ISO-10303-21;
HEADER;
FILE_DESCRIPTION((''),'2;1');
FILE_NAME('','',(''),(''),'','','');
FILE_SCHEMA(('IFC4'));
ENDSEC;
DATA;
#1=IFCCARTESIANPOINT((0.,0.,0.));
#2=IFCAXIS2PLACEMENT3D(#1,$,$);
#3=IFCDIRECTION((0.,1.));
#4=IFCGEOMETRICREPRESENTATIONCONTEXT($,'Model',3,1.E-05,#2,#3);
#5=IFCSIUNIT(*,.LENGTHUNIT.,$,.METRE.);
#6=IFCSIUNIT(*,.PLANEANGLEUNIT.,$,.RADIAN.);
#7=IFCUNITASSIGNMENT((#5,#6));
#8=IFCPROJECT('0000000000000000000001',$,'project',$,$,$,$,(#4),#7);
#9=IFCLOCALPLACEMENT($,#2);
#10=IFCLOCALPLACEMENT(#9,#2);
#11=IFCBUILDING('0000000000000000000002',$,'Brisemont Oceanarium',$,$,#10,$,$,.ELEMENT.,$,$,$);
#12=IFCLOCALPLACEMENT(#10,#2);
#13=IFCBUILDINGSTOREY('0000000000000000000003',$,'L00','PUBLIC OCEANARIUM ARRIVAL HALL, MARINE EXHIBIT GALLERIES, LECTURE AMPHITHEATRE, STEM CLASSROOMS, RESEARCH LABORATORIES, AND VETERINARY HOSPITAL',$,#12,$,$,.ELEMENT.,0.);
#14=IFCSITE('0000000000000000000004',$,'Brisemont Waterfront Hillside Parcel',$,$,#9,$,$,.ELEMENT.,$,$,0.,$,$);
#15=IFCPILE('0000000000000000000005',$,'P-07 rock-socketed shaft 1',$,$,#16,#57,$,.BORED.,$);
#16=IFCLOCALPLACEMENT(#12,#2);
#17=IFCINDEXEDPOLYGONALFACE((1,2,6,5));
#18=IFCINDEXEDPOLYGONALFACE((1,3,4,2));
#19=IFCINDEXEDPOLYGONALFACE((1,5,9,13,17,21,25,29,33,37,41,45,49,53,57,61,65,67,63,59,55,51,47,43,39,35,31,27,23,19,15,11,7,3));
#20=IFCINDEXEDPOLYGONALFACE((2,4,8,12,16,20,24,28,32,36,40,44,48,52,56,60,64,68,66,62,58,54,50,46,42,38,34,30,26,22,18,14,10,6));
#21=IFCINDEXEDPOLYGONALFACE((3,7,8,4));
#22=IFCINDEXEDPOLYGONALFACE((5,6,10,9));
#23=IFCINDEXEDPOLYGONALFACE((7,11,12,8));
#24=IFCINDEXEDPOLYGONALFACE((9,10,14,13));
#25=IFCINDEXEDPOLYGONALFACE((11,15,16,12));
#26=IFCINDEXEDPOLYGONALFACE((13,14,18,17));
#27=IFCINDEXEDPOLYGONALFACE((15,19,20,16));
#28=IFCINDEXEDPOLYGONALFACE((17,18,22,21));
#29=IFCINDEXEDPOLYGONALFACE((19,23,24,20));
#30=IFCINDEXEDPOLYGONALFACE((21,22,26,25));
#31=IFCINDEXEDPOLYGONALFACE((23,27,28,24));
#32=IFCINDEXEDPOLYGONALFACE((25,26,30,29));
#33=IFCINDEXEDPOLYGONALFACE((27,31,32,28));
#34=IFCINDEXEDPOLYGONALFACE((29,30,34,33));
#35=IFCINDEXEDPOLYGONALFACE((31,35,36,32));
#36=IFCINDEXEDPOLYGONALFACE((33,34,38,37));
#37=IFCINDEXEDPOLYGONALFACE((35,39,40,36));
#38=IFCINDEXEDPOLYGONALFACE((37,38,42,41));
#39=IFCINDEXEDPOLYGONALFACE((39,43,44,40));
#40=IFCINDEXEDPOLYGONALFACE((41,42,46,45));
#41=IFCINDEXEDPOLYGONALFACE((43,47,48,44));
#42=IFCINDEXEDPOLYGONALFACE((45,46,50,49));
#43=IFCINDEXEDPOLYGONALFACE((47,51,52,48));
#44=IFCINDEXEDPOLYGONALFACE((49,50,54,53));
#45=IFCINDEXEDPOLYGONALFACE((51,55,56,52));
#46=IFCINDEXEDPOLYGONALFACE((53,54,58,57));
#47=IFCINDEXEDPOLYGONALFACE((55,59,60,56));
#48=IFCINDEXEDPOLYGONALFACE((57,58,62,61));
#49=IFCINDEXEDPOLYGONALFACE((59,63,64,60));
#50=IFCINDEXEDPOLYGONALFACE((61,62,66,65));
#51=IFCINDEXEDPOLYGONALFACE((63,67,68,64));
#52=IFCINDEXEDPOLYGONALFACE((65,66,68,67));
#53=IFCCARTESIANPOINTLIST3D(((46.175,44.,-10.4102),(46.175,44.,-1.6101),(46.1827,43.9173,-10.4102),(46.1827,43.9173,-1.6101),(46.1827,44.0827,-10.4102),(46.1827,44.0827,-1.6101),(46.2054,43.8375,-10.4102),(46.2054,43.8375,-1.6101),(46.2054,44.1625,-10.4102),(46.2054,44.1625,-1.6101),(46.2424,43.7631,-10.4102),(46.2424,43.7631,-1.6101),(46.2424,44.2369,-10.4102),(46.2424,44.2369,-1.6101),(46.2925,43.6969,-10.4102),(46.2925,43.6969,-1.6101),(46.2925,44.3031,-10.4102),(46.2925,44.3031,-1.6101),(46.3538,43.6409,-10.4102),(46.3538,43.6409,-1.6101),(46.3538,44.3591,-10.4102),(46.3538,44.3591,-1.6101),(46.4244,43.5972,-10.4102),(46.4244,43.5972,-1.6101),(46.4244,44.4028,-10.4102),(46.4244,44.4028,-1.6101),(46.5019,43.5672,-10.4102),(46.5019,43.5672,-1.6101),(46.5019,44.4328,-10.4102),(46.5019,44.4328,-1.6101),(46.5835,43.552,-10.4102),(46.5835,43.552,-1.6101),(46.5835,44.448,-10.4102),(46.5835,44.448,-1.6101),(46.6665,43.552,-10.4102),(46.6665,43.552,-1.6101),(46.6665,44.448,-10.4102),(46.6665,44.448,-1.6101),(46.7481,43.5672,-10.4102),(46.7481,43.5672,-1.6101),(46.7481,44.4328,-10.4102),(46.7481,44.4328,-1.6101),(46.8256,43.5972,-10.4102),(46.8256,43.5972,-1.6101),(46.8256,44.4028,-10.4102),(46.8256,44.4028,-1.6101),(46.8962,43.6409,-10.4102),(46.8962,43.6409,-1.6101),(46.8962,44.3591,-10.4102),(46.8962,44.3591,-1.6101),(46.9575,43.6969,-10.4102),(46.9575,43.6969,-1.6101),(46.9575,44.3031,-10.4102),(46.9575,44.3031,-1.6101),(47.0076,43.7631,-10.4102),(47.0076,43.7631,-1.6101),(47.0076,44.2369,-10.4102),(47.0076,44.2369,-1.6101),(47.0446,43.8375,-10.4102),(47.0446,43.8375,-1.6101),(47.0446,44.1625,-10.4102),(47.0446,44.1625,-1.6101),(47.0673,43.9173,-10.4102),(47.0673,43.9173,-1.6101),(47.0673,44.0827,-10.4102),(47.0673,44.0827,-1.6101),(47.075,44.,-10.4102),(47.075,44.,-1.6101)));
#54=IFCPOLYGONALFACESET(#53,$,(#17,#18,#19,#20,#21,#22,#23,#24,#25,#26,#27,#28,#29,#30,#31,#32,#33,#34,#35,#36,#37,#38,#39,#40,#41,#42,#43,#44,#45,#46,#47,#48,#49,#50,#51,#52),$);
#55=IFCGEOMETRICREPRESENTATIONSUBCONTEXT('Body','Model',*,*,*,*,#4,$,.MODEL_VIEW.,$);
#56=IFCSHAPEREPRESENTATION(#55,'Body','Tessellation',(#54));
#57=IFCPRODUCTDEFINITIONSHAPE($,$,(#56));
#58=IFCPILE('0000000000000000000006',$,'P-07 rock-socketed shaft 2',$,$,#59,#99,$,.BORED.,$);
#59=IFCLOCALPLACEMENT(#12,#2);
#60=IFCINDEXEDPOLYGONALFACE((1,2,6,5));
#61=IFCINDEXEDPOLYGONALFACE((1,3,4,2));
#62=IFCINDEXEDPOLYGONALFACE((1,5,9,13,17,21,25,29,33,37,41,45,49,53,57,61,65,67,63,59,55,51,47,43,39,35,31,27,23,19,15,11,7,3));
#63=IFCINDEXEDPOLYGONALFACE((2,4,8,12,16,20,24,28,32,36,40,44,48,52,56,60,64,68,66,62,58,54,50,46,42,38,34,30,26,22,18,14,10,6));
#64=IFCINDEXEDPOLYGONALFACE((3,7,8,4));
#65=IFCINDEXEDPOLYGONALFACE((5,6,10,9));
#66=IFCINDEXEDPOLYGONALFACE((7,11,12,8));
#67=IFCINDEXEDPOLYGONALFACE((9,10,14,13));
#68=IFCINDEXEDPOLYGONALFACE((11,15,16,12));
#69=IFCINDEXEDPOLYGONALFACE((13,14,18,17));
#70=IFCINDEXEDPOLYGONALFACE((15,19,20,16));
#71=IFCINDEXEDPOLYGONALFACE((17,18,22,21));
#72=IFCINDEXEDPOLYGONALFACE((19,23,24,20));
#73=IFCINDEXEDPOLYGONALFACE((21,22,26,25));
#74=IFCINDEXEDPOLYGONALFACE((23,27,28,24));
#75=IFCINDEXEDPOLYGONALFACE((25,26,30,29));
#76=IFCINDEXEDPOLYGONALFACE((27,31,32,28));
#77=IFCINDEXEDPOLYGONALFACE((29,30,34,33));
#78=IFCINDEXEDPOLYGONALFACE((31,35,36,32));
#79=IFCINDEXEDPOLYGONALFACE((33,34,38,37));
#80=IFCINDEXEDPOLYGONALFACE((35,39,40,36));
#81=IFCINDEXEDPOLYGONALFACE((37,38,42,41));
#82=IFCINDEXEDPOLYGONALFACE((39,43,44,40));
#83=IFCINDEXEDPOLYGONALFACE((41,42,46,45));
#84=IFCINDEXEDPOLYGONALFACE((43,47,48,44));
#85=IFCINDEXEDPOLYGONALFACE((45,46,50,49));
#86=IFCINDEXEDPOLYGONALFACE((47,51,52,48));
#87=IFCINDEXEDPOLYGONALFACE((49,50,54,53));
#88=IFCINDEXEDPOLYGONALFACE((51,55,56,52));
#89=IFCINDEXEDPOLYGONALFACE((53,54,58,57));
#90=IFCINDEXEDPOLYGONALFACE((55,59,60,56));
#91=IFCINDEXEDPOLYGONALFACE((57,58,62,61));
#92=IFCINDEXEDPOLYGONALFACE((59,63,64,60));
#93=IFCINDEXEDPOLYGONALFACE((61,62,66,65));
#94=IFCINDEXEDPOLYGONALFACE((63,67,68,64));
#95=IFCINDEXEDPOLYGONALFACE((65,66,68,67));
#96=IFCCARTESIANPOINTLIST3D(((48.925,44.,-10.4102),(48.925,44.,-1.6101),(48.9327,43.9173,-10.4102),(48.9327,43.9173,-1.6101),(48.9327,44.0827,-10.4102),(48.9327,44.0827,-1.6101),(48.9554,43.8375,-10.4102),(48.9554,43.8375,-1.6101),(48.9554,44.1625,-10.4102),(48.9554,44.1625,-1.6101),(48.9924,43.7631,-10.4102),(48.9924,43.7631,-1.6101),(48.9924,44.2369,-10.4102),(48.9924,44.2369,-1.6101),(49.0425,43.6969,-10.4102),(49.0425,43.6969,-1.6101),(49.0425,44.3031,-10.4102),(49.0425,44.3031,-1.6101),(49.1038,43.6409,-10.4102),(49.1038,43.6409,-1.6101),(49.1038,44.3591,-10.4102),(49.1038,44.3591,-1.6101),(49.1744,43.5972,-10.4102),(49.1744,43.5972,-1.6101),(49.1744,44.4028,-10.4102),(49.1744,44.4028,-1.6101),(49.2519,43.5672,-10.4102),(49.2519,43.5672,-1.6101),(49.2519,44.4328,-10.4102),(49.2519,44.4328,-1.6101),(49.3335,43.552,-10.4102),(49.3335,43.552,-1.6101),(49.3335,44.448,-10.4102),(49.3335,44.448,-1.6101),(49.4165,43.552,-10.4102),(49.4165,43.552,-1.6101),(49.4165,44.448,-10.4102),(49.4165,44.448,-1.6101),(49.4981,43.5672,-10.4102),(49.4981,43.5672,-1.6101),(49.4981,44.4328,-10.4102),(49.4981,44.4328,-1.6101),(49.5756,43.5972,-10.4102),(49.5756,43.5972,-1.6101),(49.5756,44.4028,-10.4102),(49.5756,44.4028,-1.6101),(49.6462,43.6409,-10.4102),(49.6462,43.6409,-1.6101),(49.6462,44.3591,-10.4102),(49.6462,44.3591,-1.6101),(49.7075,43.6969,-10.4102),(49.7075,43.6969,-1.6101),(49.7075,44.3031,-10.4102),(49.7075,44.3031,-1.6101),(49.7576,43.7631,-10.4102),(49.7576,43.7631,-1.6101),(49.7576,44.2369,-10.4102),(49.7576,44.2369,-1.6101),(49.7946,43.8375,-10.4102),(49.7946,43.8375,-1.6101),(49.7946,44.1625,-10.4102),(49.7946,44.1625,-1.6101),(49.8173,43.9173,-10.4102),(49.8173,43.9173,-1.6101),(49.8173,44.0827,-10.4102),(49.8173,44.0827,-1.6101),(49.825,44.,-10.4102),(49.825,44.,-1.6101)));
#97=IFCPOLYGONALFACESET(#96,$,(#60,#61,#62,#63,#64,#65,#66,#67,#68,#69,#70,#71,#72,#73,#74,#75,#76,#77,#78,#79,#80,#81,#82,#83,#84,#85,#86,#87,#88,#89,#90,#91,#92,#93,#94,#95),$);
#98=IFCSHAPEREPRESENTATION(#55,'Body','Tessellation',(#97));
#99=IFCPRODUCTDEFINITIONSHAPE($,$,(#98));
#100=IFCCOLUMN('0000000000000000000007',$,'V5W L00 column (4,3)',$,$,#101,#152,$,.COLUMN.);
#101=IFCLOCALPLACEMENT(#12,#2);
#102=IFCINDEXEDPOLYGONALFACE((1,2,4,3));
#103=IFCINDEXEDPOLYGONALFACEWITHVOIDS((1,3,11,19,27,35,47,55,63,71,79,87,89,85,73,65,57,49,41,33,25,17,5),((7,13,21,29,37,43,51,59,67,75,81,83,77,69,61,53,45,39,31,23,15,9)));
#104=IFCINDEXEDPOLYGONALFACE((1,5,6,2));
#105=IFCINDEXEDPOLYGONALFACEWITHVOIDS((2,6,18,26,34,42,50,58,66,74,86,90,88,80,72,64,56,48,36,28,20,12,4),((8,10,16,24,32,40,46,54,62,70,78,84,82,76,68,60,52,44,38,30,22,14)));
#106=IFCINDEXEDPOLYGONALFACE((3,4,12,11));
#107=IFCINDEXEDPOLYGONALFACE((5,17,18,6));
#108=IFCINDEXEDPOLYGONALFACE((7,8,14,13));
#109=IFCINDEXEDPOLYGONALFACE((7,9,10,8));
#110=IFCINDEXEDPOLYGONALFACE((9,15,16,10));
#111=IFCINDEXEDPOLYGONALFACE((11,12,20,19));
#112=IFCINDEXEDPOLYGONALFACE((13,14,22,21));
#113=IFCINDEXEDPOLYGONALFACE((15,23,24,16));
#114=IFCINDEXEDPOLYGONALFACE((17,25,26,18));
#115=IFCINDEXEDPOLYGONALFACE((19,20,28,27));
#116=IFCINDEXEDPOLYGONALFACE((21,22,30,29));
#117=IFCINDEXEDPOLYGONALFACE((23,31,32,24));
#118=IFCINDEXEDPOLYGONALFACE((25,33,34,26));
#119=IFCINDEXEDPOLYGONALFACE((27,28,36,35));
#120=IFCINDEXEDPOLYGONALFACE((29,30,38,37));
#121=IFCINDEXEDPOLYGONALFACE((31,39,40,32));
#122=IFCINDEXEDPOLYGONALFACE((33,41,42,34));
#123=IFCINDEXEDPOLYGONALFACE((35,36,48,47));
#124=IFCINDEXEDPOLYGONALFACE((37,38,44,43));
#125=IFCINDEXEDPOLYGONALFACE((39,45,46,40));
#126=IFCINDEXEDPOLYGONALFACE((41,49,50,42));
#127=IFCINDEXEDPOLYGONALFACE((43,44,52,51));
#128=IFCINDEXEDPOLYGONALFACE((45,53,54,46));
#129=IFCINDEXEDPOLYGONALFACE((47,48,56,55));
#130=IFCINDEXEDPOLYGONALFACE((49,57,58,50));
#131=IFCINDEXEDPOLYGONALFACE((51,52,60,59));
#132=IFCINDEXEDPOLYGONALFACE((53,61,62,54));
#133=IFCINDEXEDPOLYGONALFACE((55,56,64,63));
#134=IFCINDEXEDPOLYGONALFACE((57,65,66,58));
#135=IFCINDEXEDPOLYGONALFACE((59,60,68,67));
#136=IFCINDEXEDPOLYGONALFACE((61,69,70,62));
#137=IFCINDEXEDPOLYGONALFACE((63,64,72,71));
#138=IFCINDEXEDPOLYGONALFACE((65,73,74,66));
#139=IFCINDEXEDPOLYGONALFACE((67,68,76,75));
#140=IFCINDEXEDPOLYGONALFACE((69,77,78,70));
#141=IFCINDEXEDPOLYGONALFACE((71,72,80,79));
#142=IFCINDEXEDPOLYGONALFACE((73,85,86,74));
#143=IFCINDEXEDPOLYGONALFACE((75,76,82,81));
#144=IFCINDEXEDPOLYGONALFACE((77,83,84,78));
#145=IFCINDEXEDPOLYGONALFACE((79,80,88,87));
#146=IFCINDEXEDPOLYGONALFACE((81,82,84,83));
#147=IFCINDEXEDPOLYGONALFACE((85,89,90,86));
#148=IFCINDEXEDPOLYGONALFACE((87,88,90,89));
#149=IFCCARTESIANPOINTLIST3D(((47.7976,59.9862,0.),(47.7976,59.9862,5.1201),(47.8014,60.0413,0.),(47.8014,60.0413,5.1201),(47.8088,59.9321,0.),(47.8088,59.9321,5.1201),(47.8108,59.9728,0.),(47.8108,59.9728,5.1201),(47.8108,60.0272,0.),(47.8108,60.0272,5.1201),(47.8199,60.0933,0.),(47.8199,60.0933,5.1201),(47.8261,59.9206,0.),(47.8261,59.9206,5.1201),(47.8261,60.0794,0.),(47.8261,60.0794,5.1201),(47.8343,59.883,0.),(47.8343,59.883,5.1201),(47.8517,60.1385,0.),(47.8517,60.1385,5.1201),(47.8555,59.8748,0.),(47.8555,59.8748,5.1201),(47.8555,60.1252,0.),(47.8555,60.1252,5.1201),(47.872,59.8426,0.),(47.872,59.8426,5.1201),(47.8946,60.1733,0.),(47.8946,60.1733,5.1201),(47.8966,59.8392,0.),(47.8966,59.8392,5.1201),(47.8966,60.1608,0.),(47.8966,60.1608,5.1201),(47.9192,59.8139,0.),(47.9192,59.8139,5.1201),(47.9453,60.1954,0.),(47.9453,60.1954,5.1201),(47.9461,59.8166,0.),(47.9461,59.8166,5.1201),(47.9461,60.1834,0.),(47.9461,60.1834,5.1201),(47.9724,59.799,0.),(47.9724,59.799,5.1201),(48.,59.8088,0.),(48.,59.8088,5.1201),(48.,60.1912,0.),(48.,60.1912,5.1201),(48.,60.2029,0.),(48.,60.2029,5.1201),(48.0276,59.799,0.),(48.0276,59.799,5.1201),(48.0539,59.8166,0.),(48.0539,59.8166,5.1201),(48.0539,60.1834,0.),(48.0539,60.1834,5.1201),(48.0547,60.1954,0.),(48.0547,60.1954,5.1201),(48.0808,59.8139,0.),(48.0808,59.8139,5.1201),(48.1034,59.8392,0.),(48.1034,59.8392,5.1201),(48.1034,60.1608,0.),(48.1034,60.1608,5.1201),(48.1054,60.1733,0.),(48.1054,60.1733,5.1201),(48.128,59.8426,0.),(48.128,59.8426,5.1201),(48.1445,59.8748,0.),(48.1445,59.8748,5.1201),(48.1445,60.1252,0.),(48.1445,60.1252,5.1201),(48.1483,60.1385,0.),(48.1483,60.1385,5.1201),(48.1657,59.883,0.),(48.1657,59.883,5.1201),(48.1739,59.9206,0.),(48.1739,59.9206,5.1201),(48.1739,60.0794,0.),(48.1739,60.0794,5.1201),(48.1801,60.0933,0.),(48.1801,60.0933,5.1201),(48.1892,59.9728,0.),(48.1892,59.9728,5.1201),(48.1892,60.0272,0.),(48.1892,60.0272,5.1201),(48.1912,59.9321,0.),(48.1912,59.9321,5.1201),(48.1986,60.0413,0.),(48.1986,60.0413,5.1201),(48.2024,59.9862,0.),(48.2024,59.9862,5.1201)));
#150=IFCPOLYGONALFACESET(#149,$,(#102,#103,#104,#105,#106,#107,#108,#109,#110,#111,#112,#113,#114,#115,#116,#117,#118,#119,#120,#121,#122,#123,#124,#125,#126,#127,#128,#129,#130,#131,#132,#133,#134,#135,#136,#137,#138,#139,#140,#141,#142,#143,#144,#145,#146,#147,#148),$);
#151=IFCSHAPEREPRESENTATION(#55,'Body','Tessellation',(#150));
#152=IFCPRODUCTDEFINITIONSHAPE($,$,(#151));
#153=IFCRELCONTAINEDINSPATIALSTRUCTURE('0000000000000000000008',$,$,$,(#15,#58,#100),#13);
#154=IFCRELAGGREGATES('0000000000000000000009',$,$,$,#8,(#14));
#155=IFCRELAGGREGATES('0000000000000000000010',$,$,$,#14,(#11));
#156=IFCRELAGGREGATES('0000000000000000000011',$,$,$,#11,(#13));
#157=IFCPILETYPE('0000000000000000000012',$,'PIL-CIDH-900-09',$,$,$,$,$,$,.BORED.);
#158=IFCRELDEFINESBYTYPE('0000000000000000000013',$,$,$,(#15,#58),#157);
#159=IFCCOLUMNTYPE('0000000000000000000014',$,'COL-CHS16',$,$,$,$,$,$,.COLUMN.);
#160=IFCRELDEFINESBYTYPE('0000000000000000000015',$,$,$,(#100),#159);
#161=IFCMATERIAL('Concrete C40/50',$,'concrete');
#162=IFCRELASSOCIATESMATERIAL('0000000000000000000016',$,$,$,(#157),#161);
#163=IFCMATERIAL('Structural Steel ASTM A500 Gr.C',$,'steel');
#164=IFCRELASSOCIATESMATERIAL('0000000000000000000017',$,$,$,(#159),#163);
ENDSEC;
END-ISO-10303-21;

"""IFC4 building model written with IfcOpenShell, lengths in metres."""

from ifc_helpers import new_model, si_unit, direction, frame, origin, origin_2d, place, context, subcontext, project, spatial, circle, hollow_circle, extrude, material, material_profile, profile_set, type_object, element, save


model = new_model("IFC4")

# Units and contexts
model_context = context("Model", 3, precision=1e-05, world=origin(), true_north=direction((0.0, 1.0)))
body_context = subcontext(model_context, "Body", "Model", "MODEL_VIEW")
ifc_project = project(units=[si_unit("LENGTHUNIT", "METRE"), si_unit("PLANEANGLEUNIT", "RADIAN")], contexts=[model_context])

# Site, building, storey
site_placement = place(None, origin())
site = spatial("IfcSite", under=ifc_project, at=site_placement, Name="Brisemont Waterfront Hillside Parcel", CompositionType="ELEMENT", RefElevation=0.0)
building_placement = place(site_placement, origin())
building = spatial("IfcBuilding", under=site, at=building_placement, Name="Brisemont Oceanarium", CompositionType="ELEMENT")
storey_placement = place(building_placement, origin())
storey = spatial("IfcBuildingStorey", under=building, at=storey_placement, Name="L00", Description="PUBLIC OCEANARIUM ARRIVAL HALL, MARINE EXHIBIT GALLERIES, LECTURE AMPHITHEATRE, STEM CLASSROOMS, RESEARCH LABORATORIES, AND VETERINARY HOSPITAL", CompositionType="ELEMENT", Elevation=0.0)

# Piles
ifc_material_1 = material(Name="Concrete C40/50", Category="concrete")
ifc_material_profile_1 = material_profile(ifc_material_1, circle(Radius=0.45, at=origin_2d()), Name="CIDH-D900")
ifc_profile_set_1 = profile_set([ifc_material_profile_1], Name="Concrete C40/50")
pile_type_1 = type_object("IfcPileType", Name="PIL-CIDH-900-09", PredefinedType="BORED", material=ifc_profile_set_1)
for number, where, z_axis, x_axis, name in (
    (1, (46.625, 44.0, -1.6101), (0.0, 0.0, -1.0), (1.0, 0.0, 0.0), "P-07 rock-socketed shaft 1"),
    (2, (49.375, 44.0, -1.6101), (0.0, 0.0, -1.0), (1.0, 0.0, 0.0), "P-07 rock-socketed shaft 2"),
):
    element("IfcPile", number, at=place(storey_placement, frame(where, z_axis=z_axis, x_axis=x_axis)), inside=storey, type_object=pile_type_1, Name=name, PredefinedType="BORED", context=body_context, shape_type="SweptSolid", body=[
        extrude(circle(Radius=0.45, at=origin_2d()), origin(), (0.0, 0.0, 1.0), 8.8),
    ])

# Column
ifc_material_2 = material(Name="Structural Steel ASTM A500 Gr.C", Category="steel")
ifc_material_profile_2 = material_profile(ifc_material_2, hollow_circle(Radius=0.2029, WallThickness=0.0117, at=origin_2d()), Name="HSS16.000X0.500")
ifc_profile_set_2 = profile_set([ifc_material_profile_2], Name="Structural Steel ASTM A500 Gr.C")
column_type_1 = type_object("IfcColumnType", Name="COL-CHS16", PredefinedType="COLUMN", material=ifc_profile_set_2)
column_1_placement = place(storey_placement, frame((48.0, 60.0, 0.0), z_axis=(0.0, 0.0, 1.0), x_axis=(0.0, 1.0, 0.0)))
element("IfcColumn", 3, at=column_1_placement, inside=storey, type_object=column_type_1, Name="V5W L00 column (4,3)", PredefinedType="COLUMN", context=body_context, shape_type="SweptSolid", body=[
    extrude(hollow_circle(Radius=0.2029, WallThickness=0.0117, at=origin_2d()), origin(), (0.0, 0.0, 1.0), 5.1201),
])

save(model, "model.ifc")
